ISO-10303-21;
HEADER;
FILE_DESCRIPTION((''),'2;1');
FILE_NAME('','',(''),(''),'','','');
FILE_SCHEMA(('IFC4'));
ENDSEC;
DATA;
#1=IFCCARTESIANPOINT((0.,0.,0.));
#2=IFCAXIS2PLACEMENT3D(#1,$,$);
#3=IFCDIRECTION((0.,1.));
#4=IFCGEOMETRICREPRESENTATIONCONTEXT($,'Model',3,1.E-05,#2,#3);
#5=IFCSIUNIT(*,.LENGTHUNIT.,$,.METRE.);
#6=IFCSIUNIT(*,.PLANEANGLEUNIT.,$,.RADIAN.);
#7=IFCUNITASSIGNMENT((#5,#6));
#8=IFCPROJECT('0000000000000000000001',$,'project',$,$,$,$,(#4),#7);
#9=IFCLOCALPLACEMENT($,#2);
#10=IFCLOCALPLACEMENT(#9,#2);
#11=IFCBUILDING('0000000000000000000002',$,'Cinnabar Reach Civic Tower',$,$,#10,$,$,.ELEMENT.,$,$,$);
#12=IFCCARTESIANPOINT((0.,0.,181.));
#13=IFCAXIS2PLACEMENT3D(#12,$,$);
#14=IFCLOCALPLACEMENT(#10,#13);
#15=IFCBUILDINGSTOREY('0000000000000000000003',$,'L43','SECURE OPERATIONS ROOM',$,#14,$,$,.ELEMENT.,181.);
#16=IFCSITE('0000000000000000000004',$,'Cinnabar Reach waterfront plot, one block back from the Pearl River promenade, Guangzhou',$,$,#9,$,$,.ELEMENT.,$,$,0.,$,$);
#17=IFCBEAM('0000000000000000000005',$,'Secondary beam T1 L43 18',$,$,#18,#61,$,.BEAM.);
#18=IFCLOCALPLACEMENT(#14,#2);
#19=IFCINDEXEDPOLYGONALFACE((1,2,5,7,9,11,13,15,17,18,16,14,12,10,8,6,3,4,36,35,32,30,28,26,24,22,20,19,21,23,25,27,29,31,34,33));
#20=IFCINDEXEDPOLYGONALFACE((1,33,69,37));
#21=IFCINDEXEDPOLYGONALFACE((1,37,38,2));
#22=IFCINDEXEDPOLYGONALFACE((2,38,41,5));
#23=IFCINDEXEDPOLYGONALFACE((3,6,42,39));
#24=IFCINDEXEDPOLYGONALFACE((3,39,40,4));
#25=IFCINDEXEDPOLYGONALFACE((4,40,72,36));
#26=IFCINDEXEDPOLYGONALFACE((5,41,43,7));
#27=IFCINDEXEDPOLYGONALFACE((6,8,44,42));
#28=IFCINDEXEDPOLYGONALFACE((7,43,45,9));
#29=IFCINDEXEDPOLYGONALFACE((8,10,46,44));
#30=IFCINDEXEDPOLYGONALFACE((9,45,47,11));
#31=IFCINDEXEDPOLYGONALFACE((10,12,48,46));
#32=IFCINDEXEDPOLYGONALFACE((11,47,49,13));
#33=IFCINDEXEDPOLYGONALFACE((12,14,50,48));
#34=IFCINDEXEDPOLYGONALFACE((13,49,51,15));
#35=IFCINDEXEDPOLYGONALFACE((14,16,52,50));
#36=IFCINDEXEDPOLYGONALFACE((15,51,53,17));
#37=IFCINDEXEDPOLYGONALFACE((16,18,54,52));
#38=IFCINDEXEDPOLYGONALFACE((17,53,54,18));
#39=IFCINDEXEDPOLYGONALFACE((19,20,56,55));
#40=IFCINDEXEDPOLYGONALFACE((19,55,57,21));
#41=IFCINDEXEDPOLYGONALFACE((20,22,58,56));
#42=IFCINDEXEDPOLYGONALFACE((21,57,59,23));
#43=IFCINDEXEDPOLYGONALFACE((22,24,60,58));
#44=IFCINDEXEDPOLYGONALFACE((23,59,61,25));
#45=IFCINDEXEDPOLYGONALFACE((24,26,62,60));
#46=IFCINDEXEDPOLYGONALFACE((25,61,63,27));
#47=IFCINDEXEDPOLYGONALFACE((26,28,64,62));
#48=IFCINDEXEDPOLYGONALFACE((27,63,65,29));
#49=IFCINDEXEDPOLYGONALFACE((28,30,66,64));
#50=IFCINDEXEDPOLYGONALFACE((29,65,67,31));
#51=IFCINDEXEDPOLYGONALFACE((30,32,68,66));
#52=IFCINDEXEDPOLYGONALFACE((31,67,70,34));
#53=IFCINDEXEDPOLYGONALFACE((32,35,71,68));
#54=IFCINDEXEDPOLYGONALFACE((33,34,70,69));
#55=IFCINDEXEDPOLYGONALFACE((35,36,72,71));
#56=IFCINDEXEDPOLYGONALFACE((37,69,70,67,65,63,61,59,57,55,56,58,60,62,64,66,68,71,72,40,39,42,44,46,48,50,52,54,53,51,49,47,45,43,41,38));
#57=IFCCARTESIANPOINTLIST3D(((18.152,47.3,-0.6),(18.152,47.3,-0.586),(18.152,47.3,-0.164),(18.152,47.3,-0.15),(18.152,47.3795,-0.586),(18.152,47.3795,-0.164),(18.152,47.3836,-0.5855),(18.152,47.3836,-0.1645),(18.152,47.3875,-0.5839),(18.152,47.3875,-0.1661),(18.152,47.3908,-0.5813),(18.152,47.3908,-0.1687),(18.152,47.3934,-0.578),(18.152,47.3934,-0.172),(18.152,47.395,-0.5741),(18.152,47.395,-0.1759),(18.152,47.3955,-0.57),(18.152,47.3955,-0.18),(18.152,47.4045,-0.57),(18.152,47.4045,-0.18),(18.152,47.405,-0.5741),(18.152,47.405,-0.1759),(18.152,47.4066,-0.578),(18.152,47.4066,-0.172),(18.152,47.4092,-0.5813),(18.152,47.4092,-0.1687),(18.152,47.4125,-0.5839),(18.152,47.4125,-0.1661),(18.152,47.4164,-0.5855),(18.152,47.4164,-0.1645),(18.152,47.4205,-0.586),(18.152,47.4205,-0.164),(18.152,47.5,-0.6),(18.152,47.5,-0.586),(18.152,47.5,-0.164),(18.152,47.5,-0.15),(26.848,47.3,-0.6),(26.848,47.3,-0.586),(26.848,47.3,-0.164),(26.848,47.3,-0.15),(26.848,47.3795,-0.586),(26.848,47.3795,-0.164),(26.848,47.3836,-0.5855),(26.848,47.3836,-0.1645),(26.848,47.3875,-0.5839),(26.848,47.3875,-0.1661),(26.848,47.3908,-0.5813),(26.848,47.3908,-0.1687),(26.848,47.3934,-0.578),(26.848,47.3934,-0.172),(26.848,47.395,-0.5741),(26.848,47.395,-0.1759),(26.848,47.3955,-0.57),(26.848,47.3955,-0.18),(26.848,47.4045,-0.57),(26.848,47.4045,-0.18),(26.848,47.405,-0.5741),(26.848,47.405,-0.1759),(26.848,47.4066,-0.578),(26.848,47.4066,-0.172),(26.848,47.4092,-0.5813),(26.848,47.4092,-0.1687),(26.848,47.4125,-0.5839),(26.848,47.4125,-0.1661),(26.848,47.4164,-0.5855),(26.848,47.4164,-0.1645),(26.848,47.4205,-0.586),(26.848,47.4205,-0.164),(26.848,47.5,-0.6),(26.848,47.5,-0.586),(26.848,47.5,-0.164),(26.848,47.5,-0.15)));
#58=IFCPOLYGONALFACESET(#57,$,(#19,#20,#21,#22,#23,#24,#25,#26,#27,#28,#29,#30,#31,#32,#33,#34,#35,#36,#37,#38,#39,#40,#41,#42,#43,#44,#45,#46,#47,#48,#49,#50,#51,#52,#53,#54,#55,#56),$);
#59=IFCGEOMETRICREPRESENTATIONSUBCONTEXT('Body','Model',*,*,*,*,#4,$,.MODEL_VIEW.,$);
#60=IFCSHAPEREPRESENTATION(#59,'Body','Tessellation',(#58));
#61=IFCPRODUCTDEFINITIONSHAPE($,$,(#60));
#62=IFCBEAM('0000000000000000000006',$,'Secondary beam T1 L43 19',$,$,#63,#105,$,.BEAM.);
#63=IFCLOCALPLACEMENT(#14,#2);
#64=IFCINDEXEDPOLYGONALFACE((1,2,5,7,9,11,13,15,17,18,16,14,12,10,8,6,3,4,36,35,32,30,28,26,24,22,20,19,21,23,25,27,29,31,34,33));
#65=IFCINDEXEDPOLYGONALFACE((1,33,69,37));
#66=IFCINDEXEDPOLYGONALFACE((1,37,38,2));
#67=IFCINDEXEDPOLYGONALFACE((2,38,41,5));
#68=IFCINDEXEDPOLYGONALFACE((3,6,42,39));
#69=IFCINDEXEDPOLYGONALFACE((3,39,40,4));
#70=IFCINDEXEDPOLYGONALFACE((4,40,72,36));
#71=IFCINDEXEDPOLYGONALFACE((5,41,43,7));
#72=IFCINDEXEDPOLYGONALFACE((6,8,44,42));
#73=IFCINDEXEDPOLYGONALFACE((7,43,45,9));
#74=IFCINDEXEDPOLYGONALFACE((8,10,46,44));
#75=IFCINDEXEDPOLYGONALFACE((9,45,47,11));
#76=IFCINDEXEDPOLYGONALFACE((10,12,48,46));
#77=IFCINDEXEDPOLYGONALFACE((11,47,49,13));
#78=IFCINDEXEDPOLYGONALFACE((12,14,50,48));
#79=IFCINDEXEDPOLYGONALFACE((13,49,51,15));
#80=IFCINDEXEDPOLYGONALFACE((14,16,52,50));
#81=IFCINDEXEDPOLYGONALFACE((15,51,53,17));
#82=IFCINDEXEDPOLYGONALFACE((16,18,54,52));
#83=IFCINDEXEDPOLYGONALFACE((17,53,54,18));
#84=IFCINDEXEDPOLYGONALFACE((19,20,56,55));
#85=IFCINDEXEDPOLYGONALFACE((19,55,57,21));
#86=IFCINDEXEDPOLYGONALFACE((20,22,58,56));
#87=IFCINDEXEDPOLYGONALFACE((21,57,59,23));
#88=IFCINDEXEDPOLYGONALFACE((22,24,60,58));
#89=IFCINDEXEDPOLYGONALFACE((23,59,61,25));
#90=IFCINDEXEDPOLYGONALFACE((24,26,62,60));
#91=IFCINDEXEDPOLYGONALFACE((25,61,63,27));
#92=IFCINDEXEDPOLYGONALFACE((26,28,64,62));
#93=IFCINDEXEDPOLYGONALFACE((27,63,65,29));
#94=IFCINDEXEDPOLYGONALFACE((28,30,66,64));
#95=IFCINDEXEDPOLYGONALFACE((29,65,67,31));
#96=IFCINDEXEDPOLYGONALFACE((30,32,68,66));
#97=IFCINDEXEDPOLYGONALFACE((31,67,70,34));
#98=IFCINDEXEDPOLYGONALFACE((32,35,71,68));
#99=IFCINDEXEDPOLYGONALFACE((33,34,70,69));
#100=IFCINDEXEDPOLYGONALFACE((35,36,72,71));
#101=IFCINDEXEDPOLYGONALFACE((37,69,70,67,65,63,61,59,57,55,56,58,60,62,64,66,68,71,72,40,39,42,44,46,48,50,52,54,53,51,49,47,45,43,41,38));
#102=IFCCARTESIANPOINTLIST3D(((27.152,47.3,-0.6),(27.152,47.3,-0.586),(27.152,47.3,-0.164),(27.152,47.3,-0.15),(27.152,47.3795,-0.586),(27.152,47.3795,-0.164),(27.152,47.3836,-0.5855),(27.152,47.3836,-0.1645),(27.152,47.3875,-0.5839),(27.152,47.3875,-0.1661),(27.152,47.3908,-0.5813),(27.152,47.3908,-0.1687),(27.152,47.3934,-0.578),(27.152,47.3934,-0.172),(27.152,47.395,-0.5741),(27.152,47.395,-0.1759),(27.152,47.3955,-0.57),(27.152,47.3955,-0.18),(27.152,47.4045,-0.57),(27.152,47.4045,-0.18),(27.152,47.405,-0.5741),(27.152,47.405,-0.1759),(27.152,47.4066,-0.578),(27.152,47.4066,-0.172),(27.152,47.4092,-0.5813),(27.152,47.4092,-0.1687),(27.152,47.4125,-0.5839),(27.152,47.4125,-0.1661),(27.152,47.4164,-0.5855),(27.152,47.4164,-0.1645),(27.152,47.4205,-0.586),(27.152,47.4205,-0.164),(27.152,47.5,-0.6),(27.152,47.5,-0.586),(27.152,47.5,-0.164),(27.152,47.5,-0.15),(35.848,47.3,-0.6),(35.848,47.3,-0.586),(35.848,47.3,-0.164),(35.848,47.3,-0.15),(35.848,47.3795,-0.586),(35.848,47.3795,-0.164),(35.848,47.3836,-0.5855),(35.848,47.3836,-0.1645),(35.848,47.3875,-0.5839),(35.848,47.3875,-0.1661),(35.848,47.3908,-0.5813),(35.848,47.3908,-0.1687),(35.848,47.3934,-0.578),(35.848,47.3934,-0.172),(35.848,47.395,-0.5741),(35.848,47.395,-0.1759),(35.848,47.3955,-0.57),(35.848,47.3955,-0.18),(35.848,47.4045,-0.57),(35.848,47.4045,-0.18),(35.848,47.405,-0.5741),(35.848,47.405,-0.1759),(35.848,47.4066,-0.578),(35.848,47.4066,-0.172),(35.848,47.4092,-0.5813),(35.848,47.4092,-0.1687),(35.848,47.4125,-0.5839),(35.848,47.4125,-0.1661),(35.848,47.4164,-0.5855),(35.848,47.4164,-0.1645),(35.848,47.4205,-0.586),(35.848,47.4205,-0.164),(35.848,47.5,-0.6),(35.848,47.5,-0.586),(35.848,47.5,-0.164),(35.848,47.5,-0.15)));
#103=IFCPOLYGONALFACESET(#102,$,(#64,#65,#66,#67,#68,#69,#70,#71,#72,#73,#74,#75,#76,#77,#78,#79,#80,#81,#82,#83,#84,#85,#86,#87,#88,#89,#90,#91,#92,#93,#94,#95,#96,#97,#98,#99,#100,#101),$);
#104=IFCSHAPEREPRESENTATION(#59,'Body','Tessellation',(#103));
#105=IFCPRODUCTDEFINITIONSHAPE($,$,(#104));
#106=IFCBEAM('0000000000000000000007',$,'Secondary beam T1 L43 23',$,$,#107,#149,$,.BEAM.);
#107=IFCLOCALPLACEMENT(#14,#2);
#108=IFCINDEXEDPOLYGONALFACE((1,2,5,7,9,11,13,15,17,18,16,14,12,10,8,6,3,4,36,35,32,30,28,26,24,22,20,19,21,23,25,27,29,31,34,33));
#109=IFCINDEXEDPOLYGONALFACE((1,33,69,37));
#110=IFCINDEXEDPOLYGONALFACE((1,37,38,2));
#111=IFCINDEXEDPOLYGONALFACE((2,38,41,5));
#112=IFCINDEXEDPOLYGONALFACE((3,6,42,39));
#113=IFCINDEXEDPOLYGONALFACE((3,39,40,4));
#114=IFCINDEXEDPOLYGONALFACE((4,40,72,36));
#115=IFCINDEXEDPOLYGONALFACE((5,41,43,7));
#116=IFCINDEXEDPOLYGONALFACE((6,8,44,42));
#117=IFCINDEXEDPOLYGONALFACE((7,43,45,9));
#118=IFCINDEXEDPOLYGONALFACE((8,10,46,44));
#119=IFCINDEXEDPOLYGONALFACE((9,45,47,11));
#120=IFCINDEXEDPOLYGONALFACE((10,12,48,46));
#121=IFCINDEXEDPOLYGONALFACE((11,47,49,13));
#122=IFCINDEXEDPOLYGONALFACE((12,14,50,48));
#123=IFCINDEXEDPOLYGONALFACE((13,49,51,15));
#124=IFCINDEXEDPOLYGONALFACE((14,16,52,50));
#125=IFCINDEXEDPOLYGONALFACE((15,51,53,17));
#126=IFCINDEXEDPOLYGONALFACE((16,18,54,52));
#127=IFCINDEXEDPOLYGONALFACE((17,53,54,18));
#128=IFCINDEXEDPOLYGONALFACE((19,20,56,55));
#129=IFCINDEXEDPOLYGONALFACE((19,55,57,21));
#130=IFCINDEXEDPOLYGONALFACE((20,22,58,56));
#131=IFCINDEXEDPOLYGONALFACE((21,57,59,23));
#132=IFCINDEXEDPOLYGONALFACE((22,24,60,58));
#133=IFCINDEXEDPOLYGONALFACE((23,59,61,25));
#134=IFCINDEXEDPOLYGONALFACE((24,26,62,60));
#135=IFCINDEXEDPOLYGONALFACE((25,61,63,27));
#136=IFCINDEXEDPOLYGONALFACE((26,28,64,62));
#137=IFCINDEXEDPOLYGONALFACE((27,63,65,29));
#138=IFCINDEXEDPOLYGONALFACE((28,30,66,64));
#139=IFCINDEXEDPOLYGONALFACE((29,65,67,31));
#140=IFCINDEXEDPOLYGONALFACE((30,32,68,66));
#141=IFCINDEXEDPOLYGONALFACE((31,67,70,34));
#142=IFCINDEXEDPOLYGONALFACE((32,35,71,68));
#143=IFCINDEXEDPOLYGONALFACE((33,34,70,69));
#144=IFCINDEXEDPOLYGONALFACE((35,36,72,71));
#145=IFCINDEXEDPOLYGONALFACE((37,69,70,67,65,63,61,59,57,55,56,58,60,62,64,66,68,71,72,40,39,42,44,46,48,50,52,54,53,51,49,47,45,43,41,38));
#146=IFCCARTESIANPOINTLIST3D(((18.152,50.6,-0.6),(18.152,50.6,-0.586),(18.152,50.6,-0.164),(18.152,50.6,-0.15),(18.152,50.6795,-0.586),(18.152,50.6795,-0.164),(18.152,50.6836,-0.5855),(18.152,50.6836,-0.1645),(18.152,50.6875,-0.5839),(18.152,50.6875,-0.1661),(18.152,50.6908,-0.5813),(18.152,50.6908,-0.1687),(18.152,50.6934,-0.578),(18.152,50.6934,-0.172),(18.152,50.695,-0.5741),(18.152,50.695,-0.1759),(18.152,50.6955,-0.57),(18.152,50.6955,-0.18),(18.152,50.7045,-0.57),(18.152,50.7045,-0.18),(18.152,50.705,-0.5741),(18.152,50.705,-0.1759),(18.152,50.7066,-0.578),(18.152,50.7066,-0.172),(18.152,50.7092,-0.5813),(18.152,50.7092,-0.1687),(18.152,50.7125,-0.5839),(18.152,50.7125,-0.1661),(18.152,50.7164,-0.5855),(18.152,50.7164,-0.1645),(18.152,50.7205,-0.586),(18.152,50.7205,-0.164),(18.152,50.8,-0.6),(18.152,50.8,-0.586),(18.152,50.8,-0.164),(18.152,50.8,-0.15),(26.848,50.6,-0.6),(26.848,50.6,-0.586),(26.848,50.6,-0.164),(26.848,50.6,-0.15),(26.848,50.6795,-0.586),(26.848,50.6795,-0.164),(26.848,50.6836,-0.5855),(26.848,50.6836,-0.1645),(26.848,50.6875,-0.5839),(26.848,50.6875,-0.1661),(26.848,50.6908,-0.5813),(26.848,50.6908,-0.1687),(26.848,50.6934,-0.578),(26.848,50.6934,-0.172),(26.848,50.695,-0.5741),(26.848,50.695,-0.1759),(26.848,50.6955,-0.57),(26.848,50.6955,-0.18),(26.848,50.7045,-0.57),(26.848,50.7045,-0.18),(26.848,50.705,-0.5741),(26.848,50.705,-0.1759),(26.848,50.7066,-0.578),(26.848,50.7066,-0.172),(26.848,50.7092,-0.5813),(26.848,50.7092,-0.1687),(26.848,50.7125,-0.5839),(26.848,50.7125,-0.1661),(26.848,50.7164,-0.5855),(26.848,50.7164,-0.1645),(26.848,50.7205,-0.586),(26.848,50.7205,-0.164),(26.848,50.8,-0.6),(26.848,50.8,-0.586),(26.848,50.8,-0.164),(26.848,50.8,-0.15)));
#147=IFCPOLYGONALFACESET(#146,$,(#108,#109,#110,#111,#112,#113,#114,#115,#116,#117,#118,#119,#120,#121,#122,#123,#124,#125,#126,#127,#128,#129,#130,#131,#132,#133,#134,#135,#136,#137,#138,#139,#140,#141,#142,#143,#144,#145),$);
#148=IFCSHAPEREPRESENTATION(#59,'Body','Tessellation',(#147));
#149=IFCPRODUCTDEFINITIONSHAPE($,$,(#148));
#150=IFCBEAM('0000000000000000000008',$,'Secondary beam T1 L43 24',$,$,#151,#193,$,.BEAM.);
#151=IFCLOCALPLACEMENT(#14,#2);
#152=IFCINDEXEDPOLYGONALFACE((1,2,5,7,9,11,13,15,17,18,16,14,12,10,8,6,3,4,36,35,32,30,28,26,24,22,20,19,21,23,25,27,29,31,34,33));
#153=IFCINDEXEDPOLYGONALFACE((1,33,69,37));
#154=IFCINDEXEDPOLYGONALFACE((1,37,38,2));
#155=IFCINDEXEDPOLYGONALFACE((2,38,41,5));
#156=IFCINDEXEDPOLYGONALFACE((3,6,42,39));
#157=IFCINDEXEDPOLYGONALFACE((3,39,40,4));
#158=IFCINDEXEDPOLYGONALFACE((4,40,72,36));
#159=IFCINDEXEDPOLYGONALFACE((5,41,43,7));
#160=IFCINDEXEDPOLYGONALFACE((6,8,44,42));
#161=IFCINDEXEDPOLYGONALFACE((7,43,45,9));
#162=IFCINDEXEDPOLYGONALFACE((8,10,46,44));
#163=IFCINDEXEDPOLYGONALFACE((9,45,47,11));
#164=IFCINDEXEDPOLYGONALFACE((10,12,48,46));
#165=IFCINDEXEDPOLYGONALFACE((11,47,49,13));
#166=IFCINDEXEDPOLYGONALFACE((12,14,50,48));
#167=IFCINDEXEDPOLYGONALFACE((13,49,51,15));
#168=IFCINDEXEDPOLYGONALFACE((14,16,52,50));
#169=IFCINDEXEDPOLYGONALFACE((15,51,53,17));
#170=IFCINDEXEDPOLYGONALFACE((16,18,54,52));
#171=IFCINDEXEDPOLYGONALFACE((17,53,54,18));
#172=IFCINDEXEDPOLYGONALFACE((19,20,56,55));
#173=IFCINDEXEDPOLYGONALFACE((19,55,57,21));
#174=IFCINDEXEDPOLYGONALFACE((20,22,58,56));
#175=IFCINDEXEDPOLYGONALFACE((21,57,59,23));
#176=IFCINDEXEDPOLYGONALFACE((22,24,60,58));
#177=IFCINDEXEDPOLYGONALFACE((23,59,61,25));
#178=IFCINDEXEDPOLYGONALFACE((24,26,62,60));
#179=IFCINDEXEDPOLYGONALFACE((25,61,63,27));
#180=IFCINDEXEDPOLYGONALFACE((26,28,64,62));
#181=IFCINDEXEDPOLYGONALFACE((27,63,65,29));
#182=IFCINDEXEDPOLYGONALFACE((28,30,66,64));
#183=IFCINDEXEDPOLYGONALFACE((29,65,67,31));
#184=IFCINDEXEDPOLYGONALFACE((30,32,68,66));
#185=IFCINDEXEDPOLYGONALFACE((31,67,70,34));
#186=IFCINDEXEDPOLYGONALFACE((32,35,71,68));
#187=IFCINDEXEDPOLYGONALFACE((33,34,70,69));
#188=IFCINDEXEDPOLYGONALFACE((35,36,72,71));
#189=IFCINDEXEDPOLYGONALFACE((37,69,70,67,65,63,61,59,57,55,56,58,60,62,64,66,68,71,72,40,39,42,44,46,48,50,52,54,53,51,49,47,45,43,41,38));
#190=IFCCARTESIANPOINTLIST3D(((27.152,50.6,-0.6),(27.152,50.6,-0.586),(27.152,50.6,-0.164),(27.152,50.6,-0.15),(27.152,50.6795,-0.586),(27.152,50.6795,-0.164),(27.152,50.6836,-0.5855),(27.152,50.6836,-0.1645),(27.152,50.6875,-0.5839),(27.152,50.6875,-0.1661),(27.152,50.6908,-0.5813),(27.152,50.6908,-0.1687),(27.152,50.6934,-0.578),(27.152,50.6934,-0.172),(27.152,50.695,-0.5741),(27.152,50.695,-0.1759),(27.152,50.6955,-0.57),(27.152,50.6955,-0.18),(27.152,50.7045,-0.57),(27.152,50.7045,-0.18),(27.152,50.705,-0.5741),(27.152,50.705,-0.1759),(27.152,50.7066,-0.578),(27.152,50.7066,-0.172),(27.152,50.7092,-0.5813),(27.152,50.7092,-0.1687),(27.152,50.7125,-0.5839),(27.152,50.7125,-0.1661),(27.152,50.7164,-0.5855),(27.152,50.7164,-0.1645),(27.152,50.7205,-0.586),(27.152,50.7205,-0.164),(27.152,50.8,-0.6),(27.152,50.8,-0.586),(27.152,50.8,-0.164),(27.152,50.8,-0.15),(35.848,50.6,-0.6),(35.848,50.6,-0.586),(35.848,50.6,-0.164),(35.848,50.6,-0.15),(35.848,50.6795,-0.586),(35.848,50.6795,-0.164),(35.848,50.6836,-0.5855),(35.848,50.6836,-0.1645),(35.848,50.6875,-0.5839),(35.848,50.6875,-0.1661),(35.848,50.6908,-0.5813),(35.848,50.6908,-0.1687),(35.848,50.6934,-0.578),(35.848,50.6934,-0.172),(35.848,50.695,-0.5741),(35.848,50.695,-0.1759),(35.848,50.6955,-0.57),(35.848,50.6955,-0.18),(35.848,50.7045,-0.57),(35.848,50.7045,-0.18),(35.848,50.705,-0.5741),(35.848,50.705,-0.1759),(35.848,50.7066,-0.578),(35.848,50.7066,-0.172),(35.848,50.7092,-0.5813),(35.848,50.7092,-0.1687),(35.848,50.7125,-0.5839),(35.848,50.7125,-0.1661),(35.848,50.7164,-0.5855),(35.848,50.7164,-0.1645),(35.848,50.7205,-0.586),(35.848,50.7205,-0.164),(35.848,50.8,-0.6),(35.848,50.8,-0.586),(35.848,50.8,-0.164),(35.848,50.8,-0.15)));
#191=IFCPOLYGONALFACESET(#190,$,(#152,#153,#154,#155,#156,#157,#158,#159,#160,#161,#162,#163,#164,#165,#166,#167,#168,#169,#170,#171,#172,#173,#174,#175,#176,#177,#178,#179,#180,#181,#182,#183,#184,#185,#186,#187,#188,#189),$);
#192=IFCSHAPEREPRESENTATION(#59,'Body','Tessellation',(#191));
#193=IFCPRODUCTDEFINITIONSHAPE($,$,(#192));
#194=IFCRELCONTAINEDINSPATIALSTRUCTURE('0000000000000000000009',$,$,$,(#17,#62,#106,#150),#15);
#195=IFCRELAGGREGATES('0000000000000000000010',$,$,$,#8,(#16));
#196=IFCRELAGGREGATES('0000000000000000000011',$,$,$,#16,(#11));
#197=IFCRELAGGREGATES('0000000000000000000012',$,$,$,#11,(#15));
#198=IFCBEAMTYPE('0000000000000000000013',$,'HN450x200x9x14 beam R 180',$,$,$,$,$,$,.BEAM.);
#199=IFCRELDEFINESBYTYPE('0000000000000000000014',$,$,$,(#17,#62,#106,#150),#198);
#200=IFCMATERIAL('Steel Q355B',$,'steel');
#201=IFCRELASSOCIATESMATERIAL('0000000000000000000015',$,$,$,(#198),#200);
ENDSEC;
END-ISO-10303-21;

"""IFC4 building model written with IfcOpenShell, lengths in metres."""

from ifc_helpers import new_model, si_unit, direction, frame, origin, origin_2d, place, context, subcontext, project, spatial, i_section, extrude, material, material_profile, profile_set, type_object, element, save


model = new_model("IFC4")

# Units and contexts
model_context = context("Model", 3, precision=1e-05, world=origin(), true_north=direction((0.0, 1.0)))
body_context = subcontext(model_context, "Body", "Model", "MODEL_VIEW")
ifc_project = project(units=[si_unit("LENGTHUNIT", "METRE"), si_unit("PLANEANGLEUNIT", "RADIAN")], contexts=[model_context])

# Site, building, storey
site_placement = place(None, origin())
site = spatial("IfcSite", under=ifc_project, at=site_placement, Name="Cinnabar Reach waterfront plot, one block back from the Pearl River promenade, Guangzhou", CompositionType="ELEMENT", RefElevation=0.0)
building_placement = place(site_placement, origin())
building = spatial("IfcBuilding", under=site, at=building_placement, Name="Cinnabar Reach Civic Tower", CompositionType="ELEMENT")
storey_placement = place(building_placement, frame((0.0, 0.0, 181.0)))
storey = spatial("IfcBuildingStorey", under=building, at=storey_placement, Name="L43", Description="SECURE OPERATIONS ROOM", CompositionType="ELEMENT", Elevation=181.0)

# Beams
ifc_material_1 = material(Name="Steel Q355B", Category="steel")
ifc_material_profile_1 = material_profile(ifc_material_1, i_section(OverallWidth=0.2, OverallDepth=0.45, WebThickness=0.009, FlangeThickness=0.014, FilletRadius=0.016, at=origin_2d()), Name="HN450x200x9x14")
ifc_profile_set_1 = profile_set([ifc_material_profile_1], Name="Steel Q355B")
beam_type_1 = type_object("IfcBeamType", Name="HN450x200x9x14 beam R 180", PredefinedType="BEAM", material=ifc_profile_set_1)
for number, where, z_axis, x_axis, name in (
    (1, (18.152, 47.4, -0.375), (1.0, 0.0, 0.0), (0.0, 1.0, 0.0), "Secondary beam T1 L43 18"),
    (2, (27.152, 47.4, -0.375), (1.0, 0.0, 0.0), (0.0, 1.0, 0.0), "Secondary beam T1 L43 19"),
    (3, (18.152, 50.7, -0.375), (1.0, 0.0, 0.0), (0.0, 1.0, 0.0), "Secondary beam T1 L43 23"),
    (4, (27.152, 50.7, -0.375), (1.0, 0.0, 0.0), (0.0, 1.0, 0.0), "Secondary beam T1 L43 24"),
):
    element("IfcBeam", number, at=place(storey_placement, frame(where, z_axis=z_axis, x_axis=x_axis)), inside=storey, type_object=beam_type_1, Name=name, PredefinedType="BEAM", context=body_context, shape_type="SweptSolid", body=[
        extrude(i_section(OverallWidth=0.2, OverallDepth=0.45, WebThickness=0.009, FlangeThickness=0.014, FilletRadius=0.016, at=origin_2d()), origin(), (0.0, 0.0, 1.0), 8.696),
    ])

save(model, "model.ifc")
